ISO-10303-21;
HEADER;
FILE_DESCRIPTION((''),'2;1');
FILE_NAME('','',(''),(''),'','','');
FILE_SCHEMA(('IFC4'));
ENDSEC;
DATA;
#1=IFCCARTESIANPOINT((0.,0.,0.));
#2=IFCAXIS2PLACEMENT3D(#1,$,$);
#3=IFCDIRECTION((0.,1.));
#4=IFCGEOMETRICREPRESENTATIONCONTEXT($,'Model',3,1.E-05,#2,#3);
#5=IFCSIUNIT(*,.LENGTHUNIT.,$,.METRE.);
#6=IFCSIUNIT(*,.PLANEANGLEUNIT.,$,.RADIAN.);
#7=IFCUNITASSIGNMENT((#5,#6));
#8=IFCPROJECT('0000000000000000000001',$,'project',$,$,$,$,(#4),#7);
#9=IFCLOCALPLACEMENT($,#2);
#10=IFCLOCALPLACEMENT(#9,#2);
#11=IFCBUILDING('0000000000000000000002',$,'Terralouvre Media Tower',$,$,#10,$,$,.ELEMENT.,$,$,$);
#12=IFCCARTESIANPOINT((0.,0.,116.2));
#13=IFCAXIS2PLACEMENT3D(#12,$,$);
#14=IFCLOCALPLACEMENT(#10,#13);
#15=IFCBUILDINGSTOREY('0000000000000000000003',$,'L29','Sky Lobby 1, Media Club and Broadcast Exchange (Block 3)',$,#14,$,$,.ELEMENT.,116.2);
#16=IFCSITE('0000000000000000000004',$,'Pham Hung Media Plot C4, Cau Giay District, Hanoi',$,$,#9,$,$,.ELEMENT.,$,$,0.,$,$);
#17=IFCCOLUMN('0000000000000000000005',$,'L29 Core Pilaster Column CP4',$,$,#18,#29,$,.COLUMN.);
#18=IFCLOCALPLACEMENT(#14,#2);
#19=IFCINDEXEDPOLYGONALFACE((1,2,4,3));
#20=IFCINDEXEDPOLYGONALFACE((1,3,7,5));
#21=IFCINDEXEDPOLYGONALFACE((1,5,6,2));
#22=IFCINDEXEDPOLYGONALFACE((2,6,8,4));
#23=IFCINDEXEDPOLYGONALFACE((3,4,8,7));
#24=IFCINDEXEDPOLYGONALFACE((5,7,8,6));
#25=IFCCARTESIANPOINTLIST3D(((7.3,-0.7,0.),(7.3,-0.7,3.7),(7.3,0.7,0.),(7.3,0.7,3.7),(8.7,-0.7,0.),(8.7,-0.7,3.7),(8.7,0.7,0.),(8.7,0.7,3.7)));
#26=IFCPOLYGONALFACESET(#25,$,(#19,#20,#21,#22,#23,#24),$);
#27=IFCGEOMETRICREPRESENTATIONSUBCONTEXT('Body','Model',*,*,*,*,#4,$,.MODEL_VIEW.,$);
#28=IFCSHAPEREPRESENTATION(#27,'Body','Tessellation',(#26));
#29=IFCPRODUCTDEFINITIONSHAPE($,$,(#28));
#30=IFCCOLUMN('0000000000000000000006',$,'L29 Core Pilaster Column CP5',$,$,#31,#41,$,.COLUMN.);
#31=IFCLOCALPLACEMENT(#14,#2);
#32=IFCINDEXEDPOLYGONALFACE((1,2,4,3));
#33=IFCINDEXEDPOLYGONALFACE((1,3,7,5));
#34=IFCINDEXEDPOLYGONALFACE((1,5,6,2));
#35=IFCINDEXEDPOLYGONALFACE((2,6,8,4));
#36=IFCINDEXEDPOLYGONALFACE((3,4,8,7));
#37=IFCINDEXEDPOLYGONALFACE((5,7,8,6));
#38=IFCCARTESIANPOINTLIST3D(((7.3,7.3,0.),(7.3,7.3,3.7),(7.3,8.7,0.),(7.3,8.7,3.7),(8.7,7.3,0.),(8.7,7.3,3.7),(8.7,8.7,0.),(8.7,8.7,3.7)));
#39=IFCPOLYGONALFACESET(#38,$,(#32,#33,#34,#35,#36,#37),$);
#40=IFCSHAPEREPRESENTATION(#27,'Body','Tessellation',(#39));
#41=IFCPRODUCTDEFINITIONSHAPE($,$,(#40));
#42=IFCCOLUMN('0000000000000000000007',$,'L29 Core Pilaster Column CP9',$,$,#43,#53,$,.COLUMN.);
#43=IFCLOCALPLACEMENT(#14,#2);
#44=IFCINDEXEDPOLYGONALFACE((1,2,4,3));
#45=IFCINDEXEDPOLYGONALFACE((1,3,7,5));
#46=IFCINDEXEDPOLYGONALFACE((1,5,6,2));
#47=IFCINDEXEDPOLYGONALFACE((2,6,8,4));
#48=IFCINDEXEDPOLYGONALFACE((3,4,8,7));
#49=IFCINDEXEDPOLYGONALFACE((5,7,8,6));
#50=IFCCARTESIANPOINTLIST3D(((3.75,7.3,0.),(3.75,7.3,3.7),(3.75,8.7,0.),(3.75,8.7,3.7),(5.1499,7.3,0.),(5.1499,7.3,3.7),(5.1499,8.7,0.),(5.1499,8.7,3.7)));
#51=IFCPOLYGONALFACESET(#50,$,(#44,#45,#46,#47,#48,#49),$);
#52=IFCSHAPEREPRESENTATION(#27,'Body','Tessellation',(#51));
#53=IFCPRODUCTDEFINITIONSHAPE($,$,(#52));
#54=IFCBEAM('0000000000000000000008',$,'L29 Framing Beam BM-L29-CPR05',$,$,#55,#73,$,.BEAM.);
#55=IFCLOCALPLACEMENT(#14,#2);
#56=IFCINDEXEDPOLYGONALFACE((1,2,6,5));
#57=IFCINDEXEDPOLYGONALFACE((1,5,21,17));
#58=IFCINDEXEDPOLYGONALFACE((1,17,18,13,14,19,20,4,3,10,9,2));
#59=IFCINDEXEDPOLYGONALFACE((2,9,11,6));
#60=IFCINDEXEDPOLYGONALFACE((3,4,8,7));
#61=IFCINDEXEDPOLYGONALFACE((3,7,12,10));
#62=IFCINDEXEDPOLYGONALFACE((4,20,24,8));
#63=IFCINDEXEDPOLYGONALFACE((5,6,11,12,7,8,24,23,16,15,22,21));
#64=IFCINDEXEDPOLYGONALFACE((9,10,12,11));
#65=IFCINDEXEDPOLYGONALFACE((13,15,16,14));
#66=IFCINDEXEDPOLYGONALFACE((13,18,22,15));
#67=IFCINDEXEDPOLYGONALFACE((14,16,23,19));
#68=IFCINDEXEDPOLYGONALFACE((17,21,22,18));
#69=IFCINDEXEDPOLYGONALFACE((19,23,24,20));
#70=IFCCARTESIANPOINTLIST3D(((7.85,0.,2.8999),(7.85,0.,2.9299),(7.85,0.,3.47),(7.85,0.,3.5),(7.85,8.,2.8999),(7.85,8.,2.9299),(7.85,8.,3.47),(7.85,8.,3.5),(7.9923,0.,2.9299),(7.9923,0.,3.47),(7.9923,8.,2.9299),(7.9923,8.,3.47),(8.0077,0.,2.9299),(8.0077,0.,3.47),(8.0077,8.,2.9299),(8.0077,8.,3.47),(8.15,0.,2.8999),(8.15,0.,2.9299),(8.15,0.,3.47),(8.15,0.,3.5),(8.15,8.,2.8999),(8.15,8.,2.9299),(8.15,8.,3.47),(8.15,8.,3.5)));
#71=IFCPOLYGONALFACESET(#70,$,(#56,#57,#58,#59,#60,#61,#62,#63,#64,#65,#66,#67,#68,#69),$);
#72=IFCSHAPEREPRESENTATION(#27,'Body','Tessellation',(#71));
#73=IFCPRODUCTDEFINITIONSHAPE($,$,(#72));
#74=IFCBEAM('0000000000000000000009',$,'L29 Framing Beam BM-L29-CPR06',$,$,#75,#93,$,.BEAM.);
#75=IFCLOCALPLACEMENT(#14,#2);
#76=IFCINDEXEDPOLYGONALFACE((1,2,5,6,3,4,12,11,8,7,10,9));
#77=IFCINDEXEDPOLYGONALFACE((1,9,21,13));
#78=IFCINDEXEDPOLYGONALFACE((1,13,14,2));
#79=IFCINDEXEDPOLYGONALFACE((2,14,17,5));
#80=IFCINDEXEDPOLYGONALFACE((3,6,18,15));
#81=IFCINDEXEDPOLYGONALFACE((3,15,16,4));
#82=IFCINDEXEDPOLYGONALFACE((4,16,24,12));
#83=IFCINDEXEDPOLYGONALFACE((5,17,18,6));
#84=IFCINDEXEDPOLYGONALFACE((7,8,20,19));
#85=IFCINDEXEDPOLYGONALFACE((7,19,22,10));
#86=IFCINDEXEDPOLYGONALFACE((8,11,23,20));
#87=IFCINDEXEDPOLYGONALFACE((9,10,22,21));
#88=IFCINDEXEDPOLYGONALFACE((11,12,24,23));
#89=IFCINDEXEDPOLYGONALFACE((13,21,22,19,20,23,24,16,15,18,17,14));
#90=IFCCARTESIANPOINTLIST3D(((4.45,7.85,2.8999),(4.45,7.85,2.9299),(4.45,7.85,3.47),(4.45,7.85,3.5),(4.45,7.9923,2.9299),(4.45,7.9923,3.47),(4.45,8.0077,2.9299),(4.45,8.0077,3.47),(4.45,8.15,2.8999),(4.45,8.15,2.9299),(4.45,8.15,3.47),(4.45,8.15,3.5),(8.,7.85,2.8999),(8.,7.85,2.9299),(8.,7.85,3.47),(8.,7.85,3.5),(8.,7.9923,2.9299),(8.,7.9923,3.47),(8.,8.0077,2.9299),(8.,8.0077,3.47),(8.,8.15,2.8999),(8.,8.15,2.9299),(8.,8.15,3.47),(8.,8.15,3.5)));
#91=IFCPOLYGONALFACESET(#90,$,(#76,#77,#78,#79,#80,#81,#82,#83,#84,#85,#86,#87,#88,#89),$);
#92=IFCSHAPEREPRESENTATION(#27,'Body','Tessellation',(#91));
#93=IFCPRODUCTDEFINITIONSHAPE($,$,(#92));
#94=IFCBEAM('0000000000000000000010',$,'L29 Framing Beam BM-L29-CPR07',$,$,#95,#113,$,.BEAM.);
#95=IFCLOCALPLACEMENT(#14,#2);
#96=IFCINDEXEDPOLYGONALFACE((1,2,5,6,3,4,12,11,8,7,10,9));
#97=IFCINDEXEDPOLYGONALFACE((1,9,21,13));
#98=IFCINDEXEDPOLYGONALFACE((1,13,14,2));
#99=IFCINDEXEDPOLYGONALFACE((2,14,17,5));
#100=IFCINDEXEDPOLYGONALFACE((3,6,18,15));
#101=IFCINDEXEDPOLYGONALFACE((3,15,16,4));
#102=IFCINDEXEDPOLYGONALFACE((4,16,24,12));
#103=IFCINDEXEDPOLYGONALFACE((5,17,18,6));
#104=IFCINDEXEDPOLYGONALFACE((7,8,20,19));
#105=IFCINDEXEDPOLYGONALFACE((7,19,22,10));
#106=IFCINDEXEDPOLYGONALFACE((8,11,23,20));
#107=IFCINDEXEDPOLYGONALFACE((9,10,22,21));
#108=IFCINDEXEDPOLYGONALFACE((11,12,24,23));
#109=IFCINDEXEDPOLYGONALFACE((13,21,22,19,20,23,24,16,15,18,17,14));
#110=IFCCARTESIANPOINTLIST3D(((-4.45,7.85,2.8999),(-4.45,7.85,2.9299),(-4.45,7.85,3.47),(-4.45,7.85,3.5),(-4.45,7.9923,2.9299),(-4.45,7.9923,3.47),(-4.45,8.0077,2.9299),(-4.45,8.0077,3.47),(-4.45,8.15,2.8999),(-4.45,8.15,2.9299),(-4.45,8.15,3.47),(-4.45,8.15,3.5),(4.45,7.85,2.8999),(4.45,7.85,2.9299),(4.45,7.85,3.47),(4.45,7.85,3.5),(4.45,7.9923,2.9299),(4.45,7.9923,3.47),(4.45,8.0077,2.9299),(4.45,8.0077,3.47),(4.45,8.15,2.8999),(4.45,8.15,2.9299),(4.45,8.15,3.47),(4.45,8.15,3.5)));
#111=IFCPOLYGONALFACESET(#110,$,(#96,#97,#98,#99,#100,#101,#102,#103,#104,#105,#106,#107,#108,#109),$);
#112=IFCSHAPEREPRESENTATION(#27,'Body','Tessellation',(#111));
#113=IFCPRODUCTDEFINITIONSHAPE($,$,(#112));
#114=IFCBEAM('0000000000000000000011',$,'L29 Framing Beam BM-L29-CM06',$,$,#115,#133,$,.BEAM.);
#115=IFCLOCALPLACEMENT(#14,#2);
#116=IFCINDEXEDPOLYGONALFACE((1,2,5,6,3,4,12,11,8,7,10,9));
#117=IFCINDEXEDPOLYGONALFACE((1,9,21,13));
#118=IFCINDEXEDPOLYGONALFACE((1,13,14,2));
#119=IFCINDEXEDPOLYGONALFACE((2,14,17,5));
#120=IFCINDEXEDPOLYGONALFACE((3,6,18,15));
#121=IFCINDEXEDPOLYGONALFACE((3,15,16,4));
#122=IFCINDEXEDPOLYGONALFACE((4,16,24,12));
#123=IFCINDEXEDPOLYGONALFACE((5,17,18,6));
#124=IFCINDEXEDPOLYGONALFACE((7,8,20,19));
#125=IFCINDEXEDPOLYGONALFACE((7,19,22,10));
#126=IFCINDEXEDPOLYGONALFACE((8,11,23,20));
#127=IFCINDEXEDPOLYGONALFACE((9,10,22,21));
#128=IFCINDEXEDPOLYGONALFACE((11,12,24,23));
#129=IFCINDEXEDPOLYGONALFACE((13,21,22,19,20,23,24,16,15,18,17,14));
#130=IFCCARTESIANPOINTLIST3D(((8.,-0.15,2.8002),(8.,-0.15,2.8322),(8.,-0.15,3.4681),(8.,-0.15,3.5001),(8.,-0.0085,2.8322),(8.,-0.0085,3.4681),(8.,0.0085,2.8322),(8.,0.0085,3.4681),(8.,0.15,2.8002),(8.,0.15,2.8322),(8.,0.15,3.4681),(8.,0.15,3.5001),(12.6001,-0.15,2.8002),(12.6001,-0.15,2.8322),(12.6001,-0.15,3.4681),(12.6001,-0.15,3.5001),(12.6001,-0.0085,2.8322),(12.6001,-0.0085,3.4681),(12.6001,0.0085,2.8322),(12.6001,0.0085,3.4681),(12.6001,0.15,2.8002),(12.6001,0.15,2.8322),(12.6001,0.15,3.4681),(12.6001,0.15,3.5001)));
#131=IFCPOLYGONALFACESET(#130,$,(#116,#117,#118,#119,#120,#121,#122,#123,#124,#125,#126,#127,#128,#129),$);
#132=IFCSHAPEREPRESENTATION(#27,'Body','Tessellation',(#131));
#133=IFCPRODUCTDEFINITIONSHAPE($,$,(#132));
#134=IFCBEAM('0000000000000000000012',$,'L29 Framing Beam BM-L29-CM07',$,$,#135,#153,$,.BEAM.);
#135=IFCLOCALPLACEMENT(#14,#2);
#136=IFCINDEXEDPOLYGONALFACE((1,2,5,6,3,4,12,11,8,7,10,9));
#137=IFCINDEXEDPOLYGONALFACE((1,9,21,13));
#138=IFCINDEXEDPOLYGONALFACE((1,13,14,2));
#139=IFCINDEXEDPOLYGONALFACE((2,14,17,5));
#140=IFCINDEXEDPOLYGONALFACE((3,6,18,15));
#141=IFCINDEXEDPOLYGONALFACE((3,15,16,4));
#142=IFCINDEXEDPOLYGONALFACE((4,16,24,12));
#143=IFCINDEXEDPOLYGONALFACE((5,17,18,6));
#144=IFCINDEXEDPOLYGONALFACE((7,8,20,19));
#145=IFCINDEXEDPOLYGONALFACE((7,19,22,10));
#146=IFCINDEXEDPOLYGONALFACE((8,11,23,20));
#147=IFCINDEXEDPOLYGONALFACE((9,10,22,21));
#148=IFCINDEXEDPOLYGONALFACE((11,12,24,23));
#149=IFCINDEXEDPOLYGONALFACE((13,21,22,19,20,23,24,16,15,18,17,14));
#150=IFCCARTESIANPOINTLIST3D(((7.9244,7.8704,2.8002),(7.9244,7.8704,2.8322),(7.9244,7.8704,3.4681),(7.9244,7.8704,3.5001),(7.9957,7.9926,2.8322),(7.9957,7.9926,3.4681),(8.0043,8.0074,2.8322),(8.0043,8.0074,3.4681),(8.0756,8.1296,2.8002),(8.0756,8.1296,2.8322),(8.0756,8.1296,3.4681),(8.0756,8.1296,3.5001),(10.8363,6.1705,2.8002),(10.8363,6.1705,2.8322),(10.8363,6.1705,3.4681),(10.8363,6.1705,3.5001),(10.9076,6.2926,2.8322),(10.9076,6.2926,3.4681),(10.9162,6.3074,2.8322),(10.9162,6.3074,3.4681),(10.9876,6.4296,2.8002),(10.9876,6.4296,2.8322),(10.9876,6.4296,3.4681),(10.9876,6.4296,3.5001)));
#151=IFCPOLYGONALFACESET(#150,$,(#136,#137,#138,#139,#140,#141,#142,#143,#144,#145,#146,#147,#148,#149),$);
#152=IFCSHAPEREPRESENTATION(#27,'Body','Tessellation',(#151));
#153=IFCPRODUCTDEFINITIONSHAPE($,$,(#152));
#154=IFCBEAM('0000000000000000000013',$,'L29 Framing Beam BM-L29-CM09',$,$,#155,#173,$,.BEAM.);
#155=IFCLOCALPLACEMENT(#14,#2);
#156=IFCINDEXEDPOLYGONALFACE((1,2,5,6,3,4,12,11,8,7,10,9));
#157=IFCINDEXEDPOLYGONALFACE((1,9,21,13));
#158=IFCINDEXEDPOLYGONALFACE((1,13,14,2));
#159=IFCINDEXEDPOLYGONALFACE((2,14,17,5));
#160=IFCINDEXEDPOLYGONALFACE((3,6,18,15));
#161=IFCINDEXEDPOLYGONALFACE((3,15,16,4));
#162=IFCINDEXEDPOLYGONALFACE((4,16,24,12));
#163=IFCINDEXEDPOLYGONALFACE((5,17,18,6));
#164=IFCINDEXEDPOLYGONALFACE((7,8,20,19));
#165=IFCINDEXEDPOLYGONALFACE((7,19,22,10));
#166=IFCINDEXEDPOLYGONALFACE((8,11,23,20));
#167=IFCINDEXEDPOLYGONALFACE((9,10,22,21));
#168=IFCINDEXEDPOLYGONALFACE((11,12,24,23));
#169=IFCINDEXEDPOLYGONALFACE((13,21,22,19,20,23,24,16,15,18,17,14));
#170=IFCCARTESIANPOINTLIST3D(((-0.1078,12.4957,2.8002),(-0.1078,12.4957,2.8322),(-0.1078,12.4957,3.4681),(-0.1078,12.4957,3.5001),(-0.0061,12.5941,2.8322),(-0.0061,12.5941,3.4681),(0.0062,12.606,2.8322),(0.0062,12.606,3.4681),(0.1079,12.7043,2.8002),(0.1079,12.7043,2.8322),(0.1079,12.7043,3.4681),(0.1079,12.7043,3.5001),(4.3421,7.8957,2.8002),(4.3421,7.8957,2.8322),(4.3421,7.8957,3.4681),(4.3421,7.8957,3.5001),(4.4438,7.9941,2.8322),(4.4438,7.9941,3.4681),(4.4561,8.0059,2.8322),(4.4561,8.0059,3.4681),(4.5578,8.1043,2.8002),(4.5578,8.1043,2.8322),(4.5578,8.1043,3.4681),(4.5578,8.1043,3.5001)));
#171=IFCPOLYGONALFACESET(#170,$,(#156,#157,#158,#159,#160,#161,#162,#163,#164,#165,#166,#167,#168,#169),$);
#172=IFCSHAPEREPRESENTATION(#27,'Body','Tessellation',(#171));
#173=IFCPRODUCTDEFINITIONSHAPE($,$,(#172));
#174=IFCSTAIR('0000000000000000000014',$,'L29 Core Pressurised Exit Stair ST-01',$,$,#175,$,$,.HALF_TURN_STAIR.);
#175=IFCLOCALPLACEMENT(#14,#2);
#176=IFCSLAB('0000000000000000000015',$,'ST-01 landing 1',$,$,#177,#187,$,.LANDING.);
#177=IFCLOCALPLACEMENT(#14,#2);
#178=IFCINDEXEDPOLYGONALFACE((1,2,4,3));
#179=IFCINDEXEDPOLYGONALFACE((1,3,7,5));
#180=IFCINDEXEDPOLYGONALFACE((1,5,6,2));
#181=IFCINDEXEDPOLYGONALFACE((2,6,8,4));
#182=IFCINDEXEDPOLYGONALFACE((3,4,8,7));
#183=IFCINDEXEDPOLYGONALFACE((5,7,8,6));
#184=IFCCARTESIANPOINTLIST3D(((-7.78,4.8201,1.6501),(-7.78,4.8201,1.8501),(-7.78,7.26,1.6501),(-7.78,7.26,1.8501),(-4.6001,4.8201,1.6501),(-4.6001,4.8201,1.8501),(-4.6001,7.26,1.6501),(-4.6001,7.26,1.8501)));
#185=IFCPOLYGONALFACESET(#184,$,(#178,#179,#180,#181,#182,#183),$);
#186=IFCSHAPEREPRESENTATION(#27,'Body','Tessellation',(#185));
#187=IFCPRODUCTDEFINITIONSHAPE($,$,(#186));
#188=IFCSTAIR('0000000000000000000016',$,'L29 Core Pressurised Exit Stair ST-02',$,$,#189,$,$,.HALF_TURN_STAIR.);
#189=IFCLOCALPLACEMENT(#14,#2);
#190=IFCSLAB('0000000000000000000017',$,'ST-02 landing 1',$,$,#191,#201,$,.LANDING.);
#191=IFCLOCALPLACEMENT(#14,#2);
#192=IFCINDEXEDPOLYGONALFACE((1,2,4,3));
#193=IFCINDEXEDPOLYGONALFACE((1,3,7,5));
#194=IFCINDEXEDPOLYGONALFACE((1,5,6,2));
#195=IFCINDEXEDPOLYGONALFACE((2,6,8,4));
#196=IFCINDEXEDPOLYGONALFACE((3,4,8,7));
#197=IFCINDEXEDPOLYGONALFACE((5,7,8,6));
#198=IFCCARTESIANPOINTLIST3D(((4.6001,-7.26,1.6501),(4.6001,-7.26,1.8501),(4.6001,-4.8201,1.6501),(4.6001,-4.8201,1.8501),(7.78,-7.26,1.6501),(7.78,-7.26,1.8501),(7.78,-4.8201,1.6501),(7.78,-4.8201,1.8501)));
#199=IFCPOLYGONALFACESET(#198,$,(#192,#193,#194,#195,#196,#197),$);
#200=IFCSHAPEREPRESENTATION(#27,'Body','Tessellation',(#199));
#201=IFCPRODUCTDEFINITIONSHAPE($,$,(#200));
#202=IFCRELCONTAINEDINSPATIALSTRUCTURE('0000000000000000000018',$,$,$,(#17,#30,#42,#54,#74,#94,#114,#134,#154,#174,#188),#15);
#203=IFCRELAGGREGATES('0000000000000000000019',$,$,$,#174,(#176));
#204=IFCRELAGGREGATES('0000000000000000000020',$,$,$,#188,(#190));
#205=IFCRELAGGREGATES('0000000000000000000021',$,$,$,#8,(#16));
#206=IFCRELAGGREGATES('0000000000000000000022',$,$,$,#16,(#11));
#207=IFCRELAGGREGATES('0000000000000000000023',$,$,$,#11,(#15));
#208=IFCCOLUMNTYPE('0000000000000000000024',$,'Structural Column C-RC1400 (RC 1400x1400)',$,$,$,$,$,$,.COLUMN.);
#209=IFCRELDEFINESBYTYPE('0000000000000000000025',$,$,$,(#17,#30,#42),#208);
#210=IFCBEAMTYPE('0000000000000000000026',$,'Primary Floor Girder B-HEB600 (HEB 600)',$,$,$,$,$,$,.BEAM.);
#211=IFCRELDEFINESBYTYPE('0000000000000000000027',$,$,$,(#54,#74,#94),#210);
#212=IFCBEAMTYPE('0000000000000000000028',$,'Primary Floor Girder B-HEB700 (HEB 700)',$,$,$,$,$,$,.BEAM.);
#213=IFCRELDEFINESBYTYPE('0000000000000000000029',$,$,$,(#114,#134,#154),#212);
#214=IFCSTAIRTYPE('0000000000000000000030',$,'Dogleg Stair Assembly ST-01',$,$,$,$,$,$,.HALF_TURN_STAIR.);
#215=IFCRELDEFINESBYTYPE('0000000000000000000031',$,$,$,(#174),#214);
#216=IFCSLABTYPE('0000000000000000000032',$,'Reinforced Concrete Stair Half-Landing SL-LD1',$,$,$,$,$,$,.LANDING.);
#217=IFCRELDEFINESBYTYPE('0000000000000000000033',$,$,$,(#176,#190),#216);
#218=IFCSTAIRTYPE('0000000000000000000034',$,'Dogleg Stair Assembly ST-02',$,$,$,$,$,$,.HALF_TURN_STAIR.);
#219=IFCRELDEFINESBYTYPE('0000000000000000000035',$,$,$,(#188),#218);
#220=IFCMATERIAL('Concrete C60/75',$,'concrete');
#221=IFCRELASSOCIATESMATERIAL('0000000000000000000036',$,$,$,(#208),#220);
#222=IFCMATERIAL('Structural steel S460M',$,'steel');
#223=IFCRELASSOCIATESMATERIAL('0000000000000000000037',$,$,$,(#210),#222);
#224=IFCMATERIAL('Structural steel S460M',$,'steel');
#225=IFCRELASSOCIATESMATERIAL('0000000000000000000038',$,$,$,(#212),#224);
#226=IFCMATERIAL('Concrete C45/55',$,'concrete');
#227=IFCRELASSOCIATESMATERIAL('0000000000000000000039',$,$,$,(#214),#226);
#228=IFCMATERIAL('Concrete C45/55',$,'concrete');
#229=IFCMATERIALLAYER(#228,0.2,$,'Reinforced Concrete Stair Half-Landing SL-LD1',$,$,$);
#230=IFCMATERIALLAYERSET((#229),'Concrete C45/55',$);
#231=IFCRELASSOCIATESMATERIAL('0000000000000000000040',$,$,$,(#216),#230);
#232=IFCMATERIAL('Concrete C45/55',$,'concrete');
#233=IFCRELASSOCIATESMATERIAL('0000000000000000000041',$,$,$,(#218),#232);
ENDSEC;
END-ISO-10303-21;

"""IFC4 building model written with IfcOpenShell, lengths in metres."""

from ifc_helpers import new_model, si_unit, direction, frame, origin, origin_2d, place, context, subcontext, project, spatial, polyline, rectangle, i_section, outline, extrude, material, layer, layer_set, material_profile, profile_set, type_object, element, aggregate, save


model = new_model("IFC4")

# Units and contexts
model_context = context("Model", 3, precision=1e-05, world=origin(), true_north=direction((0.0, 1.0)))
body_context = subcontext(model_context, "Body", "Model", "MODEL_VIEW")
ifc_project = project(units=[si_unit("LENGTHUNIT", "METRE"), si_unit("PLANEANGLEUNIT", "RADIAN")], contexts=[model_context])

# Site, building, storey
site_placement = place(None, origin())
site = spatial("IfcSite", under=ifc_project, at=site_placement, Name="Pham Hung Media Plot C4, Cau Giay District, Hanoi", CompositionType="ELEMENT", RefElevation=0.0)
building_placement = place(site_placement, origin())
building = spatial("IfcBuilding", under=site, at=building_placement, Name="Terralouvre Media Tower", CompositionType="ELEMENT")
storey_placement = place(building_placement, frame((0.0, 0.0, 116.2)))
storey = spatial("IfcBuildingStorey", under=building, at=storey_placement, Name="L29", Description="Sky Lobby 1, Media Club and Broadcast Exchange (Block 3)", CompositionType="ELEMENT", Elevation=116.2)

# Columns
ifc_material_1 = material(Name="Concrete C60/75", Category="concrete")
ifc_material_profile_1 = material_profile(ifc_material_1, rectangle(XDim=1.3999, YDim=1.3999, at=origin_2d()), Name="RC 1400x1400")
ifc_profile_set_1 = profile_set([ifc_material_profile_1], Name="Concrete C60/75")
column_type = type_object("IfcColumnType", Name="Structural Column C-RC1400 (RC 1400x1400)", PredefinedType="COLUMN", material=ifc_profile_set_1)
for number, where, z_axis, x_axis, name in (
    (1, (8.0, 0.0, 0.0), (0.0, 0.0, 1.0), (1.0, 0.0, 0.0), "L29 Core Pilaster Column CP4"),
    (2, (8.0, 8.0, 0.0), (0.0, 0.0, 1.0), (1.0, 0.0, 0.0), "L29 Core Pilaster Column CP5"),
    (3, (4.45, 8.0, 0.0), (0.0, 0.0, 1.0), (1.0, 0.0, 0.0), "L29 Core Pilaster Column CP9"),
):
    element("IfcColumn", number, at=place(storey_placement, frame(where, z_axis=z_axis, x_axis=x_axis)), inside=storey, type_object=column_type, Name=name, PredefinedType="COLUMN", context=body_context, shape_type="SweptSolid", body=[
        extrude(rectangle(XDim=1.3999, YDim=1.3999, at=origin_2d()), origin(), (0.0, 0.0, 1.0), 3.7),
    ])

# Beams
ifc_material_2 = material(Name="Structural steel S460M", Category="steel")
ifc_material_profile_2 = material_profile(ifc_material_2, i_section(OverallWidth=0.3, OverallDepth=0.6001, WebThickness=0.0154, FlangeThickness=0.03, at=origin_2d()), Name="HEB 600")
ifc_profile_set_2 = profile_set([ifc_material_profile_2], Name="Structural steel S460M")
beam_type_1 = type_object("IfcBeamType", Name="Primary Floor Girder B-HEB600 (HEB 600)", PredefinedType="BEAM", material=ifc_profile_set_2)
beam_1_placement = place(storey_placement, frame((8.0, 0.0, 3.2), z_axis=(0.0, 1.0, 0.0), x_axis=(-1.0, 0.0, 0.0)))
element("IfcBeam", 4, at=beam_1_placement, inside=storey, type_object=beam_type_1, Name="L29 Framing Beam BM-L29-CPR05", PredefinedType="BEAM", context=body_context, shape_type="SweptSolid", body=[
    extrude(i_section(OverallWidth=0.3, OverallDepth=0.6001, WebThickness=0.0154, FlangeThickness=0.03, at=origin_2d()), origin(), (0.0, 0.0, 1.0), 8.0),
])
beam_2_placement = place(storey_placement, frame((8.0, 8.0, 3.2), z_axis=(-1.0, 0.0, 0.0), x_axis=(0.0, -1.0, 0.0)))
element("IfcBeam", 5, at=beam_2_placement, inside=storey, type_object=beam_type_1, Name="L29 Framing Beam BM-L29-CPR06", PredefinedType="BEAM", context=body_context, shape_type="SweptSolid", body=[
    extrude(i_section(OverallWidth=0.3, OverallDepth=0.6001, WebThickness=0.0154, FlangeThickness=0.03, at=origin_2d()), origin(), (0.0, 0.0, 1.0), 3.55),
])
beam_3_placement = place(storey_placement, frame((4.45, 8.0, 3.2), z_axis=(-1.0, 0.0, 0.0), x_axis=(0.0, -1.0, 0.0)))
element("IfcBeam", 6, at=beam_3_placement, inside=storey, type_object=beam_type_1, Name="L29 Framing Beam BM-L29-CPR07", PredefinedType="BEAM", context=body_context, shape_type="SweptSolid", body=[
    extrude(i_section(OverallWidth=0.3, OverallDepth=0.6001, WebThickness=0.0154, FlangeThickness=0.03, at=origin_2d()), origin(), (0.0, 0.0, 1.0), 8.8999),
])
ifc_material_3 = material(Name="Structural steel S460M", Category="steel")
ifc_material_profile_3 = material_profile(ifc_material_3, i_section(OverallWidth=0.3, OverallDepth=0.7, WebThickness=0.0171, FlangeThickness=0.032, at=origin_2d()), Name="HEB 700")
ifc_profile_set_3 = profile_set([ifc_material_profile_3], Name="Structural steel S460M")
beam_type_2 = type_object("IfcBeamType", Name="Primary Floor Girder B-HEB700 (HEB 700)", PredefinedType="BEAM", material=ifc_profile_set_3)
beam_4_placement = place(storey_placement, frame((8.0, 0.0, 3.1501), z_axis=(1.0, 0.0, 0.0), x_axis=(0.0, 1.0, 0.0)))
element("IfcBeam", 7, at=beam_4_placement, inside=storey, type_object=beam_type_2, Name="L29 Framing Beam BM-L29-CM06", PredefinedType="BEAM", context=body_context, shape_type="SweptSolid", body=[
    extrude(i_section(OverallWidth=0.3, OverallDepth=0.7, WebThickness=0.0171, FlangeThickness=0.032, at=origin_2d()), origin(), (0.0, 0.0, 1.0), 4.6001),
])
beam_5_placement = place(storey_placement, frame((8.0, 8.0, 3.1501), z_axis=(0.863603, -0.504173, 0.0), x_axis=(0.504173, 0.863603, 0.0)))
element("IfcBeam", 8, at=beam_5_placement, inside=storey, type_object=beam_type_2, Name="L29 Framing Beam BM-L29-CM07", PredefinedType="BEAM", context=body_context, shape_type="SweptSolid", body=[
    extrude(i_section(OverallWidth=0.3, OverallDepth=0.7, WebThickness=0.0171, FlangeThickness=0.032, at=origin_2d()), origin(), (0.0, 0.0, 1.0), 3.3718),
])
beam_6_placement = place(storey_placement, frame((4.45, 8.0, 3.1501), z_axis=(-0.69528, 0.718739, 0.0), x_axis=(-0.718739, -0.69528, 0.0)))
element("IfcBeam", 9, at=beam_6_placement, inside=storey, type_object=beam_type_2, Name="L29 Framing Beam BM-L29-CM09", PredefinedType="BEAM", context=body_context, shape_type="SweptSolid", body=[
    extrude(i_section(OverallWidth=0.3, OverallDepth=0.7, WebThickness=0.0171, FlangeThickness=0.032, at=origin_2d()), origin(), (0.0, 0.0, 1.0), 6.4001),
])

# Stairs, slabs
ifc_material_4 = material(Name="Concrete C45/55", Category="concrete")
stair_type_1 = type_object("IfcStairType", Name="Dogleg Stair Assembly ST-01", PredefinedType="HALF_TURN_STAIR", material=ifc_material_4)
stair_1_placement = place(storey_placement, origin())
stair_1 = element("IfcStair", 10, at=stair_1_placement, inside=storey, type_object=stair_type_1, Name="L29 Core Pressurised Exit Stair ST-01", PredefinedType="HALF_TURN_STAIR")
ifc_material_5 = material(Name="Concrete C45/55", Category="concrete")
ifc_layer_1 = layer(ifc_material_5, 0.2, Name="Reinforced Concrete Stair Half-Landing SL-LD1")
ifc_layer_set_1 = layer_set([ifc_layer_1], Name="Concrete C45/55")
slab_type = type_object("IfcSlabType", Name="Reinforced Concrete Stair Half-Landing SL-LD1", PredefinedType="LANDING", material=ifc_layer_set_1)
slab_1_placement = place(storey_placement, frame((0.0, 0.0, 1.6501)))
slab_1 = element("IfcSlab", 11, at=slab_1_placement, type_object=slab_type, Name="ST-01 landing 1", PredefinedType="LANDING", context=body_context, shape_type="SweptSolid", body=[
    extrude(outline(polyline([(-4.6001, 4.8201), (-4.6001, 7.26), (-7.78, 7.26), (-7.78, 4.8201), (-4.6001, 4.8201)])), origin(), (0.0, 0.0, 1.0), 0.2),
])
aggregate(stair_1, [slab_1])
ifc_material_6 = material(Name="Concrete C45/55", Category="concrete")
stair_type_2 = type_object("IfcStairType", Name="Dogleg Stair Assembly ST-02", PredefinedType="HALF_TURN_STAIR", material=ifc_material_6)
stair_2_placement = place(storey_placement, origin())
stair_2 = element("IfcStair", 12, at=stair_2_placement, inside=storey, type_object=stair_type_2, Name="L29 Core Pressurised Exit Stair ST-02", PredefinedType="HALF_TURN_STAIR")
slab_2_placement = place(storey_placement, frame((0.0, 0.0, 1.6501)))
slab_2 = element("IfcSlab", 13, at=slab_2_placement, type_object=slab_type, Name="ST-02 landing 1", PredefinedType="LANDING", context=body_context, shape_type="SweptSolid", body=[
    extrude(outline(polyline([(4.6001, -4.8201), (4.6001, -7.26), (7.78, -7.26), (7.78, -4.8201), (4.6001, -4.8201)])), origin(), (0.0, 0.0, 1.0), 0.2),
])
aggregate(stair_2, [slab_2])

save(model, "model.ifc")
